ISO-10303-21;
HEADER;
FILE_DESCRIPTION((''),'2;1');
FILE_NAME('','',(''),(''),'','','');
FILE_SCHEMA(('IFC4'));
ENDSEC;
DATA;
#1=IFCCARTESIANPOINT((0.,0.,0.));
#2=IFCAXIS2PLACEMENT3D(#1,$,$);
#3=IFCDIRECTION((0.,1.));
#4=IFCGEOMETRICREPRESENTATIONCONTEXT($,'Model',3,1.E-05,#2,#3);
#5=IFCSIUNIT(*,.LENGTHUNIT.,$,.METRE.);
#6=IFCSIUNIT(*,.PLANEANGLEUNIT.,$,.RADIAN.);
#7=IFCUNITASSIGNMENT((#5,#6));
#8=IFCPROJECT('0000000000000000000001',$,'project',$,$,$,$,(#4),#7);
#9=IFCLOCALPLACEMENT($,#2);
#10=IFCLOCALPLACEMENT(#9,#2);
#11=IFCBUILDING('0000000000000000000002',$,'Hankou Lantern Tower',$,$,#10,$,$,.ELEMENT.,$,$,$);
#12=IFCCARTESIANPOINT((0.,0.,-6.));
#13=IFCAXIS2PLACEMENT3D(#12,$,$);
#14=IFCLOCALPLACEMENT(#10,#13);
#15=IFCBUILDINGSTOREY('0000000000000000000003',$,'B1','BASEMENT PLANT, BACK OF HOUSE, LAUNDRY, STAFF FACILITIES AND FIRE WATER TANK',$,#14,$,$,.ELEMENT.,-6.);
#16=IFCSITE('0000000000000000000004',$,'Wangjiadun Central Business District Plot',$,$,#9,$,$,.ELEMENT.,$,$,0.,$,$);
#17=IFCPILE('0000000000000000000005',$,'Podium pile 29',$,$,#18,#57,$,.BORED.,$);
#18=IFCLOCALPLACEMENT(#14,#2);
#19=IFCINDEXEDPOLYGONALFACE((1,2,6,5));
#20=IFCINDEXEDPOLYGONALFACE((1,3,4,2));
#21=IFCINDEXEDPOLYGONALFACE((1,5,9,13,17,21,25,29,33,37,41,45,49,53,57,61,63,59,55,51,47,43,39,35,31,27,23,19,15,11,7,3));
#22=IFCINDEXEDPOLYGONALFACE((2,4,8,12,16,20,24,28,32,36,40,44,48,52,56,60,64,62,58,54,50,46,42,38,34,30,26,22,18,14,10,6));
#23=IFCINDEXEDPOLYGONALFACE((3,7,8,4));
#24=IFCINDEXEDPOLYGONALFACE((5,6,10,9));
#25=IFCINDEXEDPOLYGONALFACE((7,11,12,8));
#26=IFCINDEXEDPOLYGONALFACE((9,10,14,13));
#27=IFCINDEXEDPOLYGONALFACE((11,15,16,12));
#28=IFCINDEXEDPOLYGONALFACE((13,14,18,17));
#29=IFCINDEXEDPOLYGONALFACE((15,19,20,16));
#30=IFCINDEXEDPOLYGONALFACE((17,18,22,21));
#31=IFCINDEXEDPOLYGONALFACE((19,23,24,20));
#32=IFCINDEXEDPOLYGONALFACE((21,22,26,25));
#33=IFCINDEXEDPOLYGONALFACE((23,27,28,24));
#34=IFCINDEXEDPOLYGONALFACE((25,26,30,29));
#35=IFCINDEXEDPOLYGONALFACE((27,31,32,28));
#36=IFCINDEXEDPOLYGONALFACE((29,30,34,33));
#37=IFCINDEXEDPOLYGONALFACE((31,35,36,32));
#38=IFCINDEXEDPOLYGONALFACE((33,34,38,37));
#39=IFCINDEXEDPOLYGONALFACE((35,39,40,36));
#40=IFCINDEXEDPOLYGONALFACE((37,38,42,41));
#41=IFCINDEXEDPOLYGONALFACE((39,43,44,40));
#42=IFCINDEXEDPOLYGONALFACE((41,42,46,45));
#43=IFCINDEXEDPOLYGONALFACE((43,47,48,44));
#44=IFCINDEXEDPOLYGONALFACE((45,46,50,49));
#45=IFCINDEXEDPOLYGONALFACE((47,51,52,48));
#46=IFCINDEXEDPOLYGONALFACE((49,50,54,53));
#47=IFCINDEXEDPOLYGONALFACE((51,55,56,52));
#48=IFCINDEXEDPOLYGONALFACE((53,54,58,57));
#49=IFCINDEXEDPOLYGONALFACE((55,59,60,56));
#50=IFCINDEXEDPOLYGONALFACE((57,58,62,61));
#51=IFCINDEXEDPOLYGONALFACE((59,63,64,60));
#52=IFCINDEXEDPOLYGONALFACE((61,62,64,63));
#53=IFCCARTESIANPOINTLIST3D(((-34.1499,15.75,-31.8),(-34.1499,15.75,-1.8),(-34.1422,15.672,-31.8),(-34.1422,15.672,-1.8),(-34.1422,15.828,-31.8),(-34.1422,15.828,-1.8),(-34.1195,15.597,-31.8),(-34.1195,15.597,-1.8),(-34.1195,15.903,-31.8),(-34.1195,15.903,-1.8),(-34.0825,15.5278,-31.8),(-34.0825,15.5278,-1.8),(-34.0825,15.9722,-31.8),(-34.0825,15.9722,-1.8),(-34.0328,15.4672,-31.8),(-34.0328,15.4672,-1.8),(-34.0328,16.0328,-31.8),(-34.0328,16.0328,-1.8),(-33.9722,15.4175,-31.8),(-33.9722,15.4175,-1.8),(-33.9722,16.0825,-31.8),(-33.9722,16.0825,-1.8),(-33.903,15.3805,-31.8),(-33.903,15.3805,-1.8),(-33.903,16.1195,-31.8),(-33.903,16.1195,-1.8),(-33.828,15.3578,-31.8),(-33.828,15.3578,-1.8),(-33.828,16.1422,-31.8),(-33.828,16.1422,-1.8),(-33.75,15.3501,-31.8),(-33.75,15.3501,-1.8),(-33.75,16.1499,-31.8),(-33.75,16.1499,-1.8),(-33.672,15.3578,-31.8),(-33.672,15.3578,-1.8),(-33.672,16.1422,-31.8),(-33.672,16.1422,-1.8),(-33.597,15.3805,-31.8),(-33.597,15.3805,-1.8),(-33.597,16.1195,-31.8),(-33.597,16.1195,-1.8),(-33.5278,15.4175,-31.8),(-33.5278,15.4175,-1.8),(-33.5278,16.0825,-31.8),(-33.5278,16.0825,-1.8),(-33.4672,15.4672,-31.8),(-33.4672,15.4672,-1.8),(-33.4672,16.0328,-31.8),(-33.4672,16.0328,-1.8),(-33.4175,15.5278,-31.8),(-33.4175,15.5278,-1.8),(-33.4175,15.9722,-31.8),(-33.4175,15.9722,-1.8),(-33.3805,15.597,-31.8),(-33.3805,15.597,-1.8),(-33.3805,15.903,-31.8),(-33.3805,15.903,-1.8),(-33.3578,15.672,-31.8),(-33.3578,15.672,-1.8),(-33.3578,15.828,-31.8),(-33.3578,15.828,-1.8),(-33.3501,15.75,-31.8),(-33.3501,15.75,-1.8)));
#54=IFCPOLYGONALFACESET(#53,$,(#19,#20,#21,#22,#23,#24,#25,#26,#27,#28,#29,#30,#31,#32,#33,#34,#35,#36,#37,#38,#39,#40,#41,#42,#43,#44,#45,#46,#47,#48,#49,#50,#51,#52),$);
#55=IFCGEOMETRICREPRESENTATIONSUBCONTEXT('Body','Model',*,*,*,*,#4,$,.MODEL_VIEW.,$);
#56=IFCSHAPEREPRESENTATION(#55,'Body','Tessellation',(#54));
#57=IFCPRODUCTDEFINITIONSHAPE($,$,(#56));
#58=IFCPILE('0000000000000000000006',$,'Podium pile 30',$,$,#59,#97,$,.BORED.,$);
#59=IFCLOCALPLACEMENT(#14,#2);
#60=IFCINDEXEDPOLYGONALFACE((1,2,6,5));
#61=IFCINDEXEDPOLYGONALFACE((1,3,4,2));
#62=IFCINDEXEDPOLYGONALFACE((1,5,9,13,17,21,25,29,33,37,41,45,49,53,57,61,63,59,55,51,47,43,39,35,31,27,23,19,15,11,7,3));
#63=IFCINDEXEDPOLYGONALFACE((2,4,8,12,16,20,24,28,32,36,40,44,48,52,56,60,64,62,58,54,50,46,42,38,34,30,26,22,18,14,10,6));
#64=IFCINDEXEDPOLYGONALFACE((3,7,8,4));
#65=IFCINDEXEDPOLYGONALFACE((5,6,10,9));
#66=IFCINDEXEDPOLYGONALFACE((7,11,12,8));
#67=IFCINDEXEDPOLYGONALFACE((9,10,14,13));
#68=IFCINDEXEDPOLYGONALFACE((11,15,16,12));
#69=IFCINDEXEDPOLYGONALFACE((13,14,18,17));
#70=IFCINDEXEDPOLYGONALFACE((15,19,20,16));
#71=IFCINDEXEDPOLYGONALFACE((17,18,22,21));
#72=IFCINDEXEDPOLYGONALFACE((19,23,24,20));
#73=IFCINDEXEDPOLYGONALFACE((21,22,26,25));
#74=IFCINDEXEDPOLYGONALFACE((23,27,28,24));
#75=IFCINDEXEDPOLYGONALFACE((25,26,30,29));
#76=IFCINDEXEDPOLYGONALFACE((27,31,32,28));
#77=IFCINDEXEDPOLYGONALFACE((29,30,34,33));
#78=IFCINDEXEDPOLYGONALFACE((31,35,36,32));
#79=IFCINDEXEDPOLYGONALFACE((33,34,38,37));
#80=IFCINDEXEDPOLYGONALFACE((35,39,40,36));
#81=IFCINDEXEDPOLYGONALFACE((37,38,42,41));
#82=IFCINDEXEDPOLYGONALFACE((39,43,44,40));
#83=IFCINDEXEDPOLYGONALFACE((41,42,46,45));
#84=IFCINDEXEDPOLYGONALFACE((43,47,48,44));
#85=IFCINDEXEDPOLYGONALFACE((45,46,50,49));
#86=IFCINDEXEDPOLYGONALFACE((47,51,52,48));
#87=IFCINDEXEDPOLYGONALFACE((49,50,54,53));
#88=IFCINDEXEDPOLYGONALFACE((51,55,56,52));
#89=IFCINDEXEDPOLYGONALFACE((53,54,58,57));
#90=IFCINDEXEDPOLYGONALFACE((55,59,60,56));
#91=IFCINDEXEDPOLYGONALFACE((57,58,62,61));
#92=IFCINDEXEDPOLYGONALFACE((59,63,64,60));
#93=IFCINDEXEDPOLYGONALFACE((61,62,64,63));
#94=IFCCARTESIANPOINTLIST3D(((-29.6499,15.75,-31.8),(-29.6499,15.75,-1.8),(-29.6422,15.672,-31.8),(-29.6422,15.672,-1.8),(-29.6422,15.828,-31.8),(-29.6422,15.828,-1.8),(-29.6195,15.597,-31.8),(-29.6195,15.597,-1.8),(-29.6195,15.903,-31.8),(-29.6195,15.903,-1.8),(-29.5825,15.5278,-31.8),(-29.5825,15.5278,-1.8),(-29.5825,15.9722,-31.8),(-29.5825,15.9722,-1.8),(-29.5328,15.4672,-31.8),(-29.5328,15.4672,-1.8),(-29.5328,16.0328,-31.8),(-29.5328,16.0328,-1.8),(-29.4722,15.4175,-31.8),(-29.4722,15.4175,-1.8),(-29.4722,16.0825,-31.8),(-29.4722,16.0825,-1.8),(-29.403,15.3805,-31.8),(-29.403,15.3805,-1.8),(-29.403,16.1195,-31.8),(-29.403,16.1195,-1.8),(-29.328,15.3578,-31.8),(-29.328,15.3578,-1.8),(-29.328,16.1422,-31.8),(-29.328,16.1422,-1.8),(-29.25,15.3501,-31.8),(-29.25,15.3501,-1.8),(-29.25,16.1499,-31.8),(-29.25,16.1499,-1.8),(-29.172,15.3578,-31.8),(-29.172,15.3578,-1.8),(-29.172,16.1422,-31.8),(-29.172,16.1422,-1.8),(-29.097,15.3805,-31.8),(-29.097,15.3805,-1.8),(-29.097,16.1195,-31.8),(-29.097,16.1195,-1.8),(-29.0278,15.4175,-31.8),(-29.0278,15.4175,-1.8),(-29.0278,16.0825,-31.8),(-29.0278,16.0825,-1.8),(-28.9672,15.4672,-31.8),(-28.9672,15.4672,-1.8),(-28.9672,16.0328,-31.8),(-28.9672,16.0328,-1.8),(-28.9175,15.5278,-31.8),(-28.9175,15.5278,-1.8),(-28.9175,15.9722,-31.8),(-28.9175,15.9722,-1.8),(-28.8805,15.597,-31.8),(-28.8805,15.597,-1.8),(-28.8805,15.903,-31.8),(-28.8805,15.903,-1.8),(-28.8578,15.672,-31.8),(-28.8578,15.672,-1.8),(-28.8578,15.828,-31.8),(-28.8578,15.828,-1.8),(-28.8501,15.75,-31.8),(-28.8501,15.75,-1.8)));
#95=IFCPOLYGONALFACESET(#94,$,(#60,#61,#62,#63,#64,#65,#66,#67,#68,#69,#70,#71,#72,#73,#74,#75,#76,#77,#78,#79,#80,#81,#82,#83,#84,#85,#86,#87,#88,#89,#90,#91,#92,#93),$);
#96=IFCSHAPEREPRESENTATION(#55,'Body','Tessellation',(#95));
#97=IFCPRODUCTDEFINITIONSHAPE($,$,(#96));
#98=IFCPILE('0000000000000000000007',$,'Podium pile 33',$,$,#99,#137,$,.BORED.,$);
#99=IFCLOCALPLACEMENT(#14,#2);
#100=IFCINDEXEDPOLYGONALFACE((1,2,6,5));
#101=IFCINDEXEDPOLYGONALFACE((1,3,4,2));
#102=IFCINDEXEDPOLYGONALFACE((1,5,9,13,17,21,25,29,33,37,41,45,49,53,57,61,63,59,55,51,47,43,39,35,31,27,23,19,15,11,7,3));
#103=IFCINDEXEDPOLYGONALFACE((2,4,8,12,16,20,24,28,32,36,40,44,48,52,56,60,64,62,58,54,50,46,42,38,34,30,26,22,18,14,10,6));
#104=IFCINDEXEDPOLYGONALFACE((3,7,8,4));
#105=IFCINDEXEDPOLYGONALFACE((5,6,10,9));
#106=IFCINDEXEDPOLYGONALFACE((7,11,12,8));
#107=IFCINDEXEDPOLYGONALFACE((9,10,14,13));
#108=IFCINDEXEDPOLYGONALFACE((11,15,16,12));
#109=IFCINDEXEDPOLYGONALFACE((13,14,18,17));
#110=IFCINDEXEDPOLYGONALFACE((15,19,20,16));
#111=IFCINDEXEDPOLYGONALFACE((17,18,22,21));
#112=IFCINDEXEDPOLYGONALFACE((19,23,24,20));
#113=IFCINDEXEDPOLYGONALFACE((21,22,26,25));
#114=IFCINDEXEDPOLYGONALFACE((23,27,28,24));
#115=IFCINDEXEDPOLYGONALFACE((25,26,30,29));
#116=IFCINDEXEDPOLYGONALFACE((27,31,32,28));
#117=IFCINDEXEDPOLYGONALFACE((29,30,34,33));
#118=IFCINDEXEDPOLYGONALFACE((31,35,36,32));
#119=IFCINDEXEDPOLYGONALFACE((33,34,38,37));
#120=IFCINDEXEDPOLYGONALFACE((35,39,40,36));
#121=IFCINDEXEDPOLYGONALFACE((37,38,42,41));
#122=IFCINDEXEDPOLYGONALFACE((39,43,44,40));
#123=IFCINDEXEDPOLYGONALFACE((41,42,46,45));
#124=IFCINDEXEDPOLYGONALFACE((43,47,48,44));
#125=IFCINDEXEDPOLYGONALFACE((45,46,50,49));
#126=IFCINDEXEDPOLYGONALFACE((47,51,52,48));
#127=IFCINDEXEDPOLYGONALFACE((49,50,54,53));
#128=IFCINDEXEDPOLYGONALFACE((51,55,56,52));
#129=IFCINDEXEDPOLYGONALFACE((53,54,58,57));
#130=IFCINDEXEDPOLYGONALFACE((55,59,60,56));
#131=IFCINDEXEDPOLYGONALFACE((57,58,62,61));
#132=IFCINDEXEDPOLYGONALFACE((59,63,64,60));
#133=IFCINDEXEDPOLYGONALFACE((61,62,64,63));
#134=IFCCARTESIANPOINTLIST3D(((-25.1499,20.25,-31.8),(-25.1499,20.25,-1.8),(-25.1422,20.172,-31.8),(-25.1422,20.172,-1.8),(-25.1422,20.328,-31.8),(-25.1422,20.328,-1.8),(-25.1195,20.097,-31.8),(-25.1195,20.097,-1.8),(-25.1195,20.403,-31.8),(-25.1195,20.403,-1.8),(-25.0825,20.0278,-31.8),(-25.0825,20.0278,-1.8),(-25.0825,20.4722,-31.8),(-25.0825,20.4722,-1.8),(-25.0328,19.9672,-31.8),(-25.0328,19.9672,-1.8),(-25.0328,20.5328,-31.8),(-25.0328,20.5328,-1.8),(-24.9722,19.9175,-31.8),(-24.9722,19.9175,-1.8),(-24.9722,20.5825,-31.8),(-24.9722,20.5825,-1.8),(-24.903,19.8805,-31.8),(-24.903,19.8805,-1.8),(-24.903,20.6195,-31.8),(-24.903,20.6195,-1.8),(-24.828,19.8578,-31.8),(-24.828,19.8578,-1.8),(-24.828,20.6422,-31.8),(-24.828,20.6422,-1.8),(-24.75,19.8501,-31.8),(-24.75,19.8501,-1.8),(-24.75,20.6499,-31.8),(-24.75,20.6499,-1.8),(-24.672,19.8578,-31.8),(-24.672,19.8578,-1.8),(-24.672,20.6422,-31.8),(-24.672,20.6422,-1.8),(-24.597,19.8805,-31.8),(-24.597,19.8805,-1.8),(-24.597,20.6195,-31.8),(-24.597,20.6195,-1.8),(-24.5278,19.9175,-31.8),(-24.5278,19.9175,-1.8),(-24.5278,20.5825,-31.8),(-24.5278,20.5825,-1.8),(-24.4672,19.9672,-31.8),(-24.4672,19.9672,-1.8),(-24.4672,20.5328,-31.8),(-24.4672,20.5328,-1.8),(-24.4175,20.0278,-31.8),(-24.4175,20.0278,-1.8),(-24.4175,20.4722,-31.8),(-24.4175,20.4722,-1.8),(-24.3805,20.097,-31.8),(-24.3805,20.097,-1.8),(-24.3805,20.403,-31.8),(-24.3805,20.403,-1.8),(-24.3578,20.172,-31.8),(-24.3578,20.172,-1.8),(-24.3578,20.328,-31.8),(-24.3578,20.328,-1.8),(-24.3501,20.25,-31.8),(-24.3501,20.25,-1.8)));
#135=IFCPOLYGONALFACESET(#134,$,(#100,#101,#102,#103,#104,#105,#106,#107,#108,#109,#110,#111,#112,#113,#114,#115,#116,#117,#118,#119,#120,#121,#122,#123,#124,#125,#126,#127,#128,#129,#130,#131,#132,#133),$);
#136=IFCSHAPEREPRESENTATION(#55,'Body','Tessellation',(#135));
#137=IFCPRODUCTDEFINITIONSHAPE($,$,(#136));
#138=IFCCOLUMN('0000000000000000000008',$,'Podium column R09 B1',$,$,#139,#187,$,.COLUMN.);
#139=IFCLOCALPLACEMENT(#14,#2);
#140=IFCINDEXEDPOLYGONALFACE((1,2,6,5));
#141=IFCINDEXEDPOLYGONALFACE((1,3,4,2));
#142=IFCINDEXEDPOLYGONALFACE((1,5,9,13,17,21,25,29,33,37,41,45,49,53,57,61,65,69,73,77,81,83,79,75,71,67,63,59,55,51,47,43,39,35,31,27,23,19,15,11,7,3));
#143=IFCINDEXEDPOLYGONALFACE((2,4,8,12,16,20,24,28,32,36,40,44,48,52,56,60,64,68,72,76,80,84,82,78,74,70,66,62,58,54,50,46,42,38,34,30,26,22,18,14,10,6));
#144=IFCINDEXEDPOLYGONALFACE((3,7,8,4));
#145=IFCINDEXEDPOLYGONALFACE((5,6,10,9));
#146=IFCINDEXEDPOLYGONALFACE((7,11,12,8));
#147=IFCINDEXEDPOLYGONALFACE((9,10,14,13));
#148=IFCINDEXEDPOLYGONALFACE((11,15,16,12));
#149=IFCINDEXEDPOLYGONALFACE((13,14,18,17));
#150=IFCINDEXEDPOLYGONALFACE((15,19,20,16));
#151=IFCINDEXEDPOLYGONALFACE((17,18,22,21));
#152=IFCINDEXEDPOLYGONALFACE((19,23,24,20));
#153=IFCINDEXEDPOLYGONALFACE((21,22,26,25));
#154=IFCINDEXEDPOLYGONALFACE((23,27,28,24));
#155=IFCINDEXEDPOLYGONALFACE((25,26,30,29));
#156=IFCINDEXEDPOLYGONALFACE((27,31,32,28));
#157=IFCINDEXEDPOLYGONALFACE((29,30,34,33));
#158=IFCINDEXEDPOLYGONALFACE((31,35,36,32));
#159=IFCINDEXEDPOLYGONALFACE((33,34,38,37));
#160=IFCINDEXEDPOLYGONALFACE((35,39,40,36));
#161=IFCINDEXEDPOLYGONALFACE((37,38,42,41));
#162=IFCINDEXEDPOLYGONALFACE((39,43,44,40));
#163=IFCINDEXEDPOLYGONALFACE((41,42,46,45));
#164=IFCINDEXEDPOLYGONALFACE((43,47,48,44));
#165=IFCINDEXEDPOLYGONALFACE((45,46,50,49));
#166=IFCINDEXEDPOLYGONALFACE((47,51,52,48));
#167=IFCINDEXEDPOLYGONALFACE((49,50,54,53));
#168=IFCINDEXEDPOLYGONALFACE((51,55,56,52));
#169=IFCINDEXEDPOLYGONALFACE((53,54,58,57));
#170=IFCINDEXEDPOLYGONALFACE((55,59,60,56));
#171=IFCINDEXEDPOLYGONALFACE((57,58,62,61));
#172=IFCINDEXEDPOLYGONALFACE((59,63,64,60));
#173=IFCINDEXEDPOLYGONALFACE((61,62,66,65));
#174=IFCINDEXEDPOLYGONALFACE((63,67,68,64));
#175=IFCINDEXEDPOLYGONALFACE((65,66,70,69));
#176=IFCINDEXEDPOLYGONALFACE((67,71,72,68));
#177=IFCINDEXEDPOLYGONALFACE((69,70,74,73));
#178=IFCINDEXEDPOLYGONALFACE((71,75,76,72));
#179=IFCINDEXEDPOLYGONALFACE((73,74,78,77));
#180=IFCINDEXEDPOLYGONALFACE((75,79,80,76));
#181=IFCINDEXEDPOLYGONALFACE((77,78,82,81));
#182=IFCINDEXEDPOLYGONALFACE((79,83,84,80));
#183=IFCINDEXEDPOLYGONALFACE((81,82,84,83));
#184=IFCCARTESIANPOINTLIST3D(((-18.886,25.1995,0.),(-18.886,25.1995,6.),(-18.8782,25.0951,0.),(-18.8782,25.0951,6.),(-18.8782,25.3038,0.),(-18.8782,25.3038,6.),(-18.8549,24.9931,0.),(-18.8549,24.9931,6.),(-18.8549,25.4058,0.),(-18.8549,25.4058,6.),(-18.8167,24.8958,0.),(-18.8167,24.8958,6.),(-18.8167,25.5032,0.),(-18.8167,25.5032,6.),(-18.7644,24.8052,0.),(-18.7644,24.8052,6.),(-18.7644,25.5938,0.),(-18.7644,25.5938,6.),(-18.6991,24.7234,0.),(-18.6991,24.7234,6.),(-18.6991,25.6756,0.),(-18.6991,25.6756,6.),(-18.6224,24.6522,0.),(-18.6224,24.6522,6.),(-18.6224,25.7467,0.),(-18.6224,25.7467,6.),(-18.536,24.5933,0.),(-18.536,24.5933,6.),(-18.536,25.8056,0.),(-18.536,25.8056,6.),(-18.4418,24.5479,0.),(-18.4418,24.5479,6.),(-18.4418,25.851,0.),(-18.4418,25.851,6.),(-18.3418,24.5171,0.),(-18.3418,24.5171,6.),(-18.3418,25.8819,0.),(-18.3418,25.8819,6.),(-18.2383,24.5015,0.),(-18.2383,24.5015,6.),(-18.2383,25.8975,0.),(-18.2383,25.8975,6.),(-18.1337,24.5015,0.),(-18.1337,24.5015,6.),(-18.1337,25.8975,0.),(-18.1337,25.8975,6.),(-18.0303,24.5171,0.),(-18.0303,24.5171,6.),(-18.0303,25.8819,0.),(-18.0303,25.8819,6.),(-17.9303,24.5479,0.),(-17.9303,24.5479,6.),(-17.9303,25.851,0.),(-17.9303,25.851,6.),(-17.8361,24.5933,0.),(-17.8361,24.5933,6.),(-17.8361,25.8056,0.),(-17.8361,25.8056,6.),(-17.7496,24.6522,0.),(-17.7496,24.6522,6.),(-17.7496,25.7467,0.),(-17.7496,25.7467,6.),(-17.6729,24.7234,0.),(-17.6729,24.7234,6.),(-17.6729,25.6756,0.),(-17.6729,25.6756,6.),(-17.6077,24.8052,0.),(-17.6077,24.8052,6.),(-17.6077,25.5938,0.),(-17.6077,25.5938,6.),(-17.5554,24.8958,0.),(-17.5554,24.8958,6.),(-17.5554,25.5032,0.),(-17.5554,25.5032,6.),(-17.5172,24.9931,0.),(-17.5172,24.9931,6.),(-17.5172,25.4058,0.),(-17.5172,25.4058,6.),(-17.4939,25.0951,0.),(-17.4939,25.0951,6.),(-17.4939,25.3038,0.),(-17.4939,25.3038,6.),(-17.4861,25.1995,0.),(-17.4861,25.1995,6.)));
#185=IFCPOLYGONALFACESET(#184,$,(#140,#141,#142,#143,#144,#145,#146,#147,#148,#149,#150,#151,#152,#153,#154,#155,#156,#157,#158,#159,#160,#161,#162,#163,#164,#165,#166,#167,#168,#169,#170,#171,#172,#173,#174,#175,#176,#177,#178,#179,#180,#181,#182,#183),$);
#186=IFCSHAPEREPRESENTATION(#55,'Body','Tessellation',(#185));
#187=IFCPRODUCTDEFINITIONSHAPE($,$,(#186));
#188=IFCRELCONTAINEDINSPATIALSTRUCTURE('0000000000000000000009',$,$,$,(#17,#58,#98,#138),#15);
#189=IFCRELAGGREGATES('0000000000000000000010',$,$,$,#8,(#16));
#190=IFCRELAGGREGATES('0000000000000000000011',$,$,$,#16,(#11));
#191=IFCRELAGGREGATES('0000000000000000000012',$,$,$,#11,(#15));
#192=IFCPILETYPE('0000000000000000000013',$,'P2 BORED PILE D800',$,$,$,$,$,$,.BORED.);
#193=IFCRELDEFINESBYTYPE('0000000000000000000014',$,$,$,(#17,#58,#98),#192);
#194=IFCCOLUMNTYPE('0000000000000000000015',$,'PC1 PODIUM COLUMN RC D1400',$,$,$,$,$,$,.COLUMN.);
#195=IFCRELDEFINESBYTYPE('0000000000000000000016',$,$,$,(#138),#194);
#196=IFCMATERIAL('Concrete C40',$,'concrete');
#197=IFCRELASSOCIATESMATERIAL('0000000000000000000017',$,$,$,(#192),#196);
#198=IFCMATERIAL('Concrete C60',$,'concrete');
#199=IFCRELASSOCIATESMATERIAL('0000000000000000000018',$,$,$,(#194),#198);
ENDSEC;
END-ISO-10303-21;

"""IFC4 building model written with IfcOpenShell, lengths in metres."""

from ifc_helpers import new_model, si_unit, direction, frame, origin, origin_2d, place, context, subcontext, project, spatial, circle, extrude, material, material_profile, profile_set, type_object, element, save


model = new_model("IFC4")

# Units and contexts
model_context = context("Model", 3, precision=1e-05, world=origin(), true_north=direction((0.0, 1.0)))
body_context = subcontext(model_context, "Body", "Model", "MODEL_VIEW")
ifc_project = project(units=[si_unit("LENGTHUNIT", "METRE"), si_unit("PLANEANGLEUNIT", "RADIAN")], contexts=[model_context])

# Site, building, storey
site_placement = place(None, origin())
site = spatial("IfcSite", under=ifc_project, at=site_placement, Name="Wangjiadun Central Business District Plot", CompositionType="ELEMENT", RefElevation=0.0)
building_placement = place(site_placement, origin())
building = spatial("IfcBuilding", under=site, at=building_placement, Name="Hankou Lantern Tower", CompositionType="ELEMENT")
storey_placement = place(building_placement, frame((0.0, 0.0, -6.0)))
storey = spatial("IfcBuildingStorey", under=building, at=storey_placement, Name="B1", Description="BASEMENT PLANT, BACK OF HOUSE, LAUNDRY, STAFF FACILITIES AND FIRE WATER TANK", CompositionType="ELEMENT", Elevation=-6.0)

# Piles
ifc_material_1 = material(Name="Concrete C40", Category="concrete")
ifc_material_profile_1 = material_profile(ifc_material_1, circle(Radius=0.3999, at=origin_2d()), Name="RC D800")
ifc_profile_set_1 = profile_set([ifc_material_profile_1], Name="Concrete C40")
pile_type = type_object("IfcPileType", Name="P2 BORED PILE D800", PredefinedType="BORED", material=ifc_profile_set_1)
for number, where, z_axis, x_axis, name in (
    (1, (-33.75, 15.75, -1.8), (0.0, 0.0, -1.0), (1.0, 0.0, 0.0), "Podium pile 29"),
    (2, (-29.25, 15.75, -1.8), (0.0, 0.0, -1.0), (1.0, 0.0, 0.0), "Podium pile 30"),
    (3, (-24.75, 20.25, -1.8), (0.0, 0.0, -1.0), (1.0, 0.0, 0.0), "Podium pile 33"),
):
    element("IfcPile", number, at=place(storey_placement, frame(where, z_axis=z_axis, x_axis=x_axis)), inside=storey, type_object=pile_type, Name=name, PredefinedType="BORED", context=body_context, shape_type="SweptSolid", body=[
        extrude(circle(Radius=0.3999, at=origin_2d()), origin(), (0.0, 0.0, 1.0), 30.0),
    ])

# Column
ifc_material_2 = material(Name="Concrete C60", Category="concrete")
ifc_material_profile_2 = material_profile(ifc_material_2, circle(Radius=0.7, at=origin_2d()), Name="RC D1400")
ifc_profile_set_2 = profile_set([ifc_material_profile_2], Name="Concrete C60")
column_type = type_object("IfcColumnType", Name="PC1 PODIUM COLUMN RC D1400", PredefinedType="COLUMN", material=ifc_profile_set_2)
for number, where, z_axis, x_axis, name in (
    (4, (-18.186, 25.1995, 0.0), (0.0, 0.0, 1.0), (1.0, 0.0, 0.0), "Podium column R09 B1"),
):
    element("IfcColumn", number, at=place(storey_placement, frame(where, z_axis=z_axis, x_axis=x_axis)), inside=storey, type_object=column_type, Name=name, PredefinedType="COLUMN", context=body_context, shape_type="SweptSolid", body=[
        extrude(circle(Radius=0.7, at=origin_2d()), origin(), (0.0, 0.0, 1.0), 6.0),
    ])

save(model, "model.ifc")
